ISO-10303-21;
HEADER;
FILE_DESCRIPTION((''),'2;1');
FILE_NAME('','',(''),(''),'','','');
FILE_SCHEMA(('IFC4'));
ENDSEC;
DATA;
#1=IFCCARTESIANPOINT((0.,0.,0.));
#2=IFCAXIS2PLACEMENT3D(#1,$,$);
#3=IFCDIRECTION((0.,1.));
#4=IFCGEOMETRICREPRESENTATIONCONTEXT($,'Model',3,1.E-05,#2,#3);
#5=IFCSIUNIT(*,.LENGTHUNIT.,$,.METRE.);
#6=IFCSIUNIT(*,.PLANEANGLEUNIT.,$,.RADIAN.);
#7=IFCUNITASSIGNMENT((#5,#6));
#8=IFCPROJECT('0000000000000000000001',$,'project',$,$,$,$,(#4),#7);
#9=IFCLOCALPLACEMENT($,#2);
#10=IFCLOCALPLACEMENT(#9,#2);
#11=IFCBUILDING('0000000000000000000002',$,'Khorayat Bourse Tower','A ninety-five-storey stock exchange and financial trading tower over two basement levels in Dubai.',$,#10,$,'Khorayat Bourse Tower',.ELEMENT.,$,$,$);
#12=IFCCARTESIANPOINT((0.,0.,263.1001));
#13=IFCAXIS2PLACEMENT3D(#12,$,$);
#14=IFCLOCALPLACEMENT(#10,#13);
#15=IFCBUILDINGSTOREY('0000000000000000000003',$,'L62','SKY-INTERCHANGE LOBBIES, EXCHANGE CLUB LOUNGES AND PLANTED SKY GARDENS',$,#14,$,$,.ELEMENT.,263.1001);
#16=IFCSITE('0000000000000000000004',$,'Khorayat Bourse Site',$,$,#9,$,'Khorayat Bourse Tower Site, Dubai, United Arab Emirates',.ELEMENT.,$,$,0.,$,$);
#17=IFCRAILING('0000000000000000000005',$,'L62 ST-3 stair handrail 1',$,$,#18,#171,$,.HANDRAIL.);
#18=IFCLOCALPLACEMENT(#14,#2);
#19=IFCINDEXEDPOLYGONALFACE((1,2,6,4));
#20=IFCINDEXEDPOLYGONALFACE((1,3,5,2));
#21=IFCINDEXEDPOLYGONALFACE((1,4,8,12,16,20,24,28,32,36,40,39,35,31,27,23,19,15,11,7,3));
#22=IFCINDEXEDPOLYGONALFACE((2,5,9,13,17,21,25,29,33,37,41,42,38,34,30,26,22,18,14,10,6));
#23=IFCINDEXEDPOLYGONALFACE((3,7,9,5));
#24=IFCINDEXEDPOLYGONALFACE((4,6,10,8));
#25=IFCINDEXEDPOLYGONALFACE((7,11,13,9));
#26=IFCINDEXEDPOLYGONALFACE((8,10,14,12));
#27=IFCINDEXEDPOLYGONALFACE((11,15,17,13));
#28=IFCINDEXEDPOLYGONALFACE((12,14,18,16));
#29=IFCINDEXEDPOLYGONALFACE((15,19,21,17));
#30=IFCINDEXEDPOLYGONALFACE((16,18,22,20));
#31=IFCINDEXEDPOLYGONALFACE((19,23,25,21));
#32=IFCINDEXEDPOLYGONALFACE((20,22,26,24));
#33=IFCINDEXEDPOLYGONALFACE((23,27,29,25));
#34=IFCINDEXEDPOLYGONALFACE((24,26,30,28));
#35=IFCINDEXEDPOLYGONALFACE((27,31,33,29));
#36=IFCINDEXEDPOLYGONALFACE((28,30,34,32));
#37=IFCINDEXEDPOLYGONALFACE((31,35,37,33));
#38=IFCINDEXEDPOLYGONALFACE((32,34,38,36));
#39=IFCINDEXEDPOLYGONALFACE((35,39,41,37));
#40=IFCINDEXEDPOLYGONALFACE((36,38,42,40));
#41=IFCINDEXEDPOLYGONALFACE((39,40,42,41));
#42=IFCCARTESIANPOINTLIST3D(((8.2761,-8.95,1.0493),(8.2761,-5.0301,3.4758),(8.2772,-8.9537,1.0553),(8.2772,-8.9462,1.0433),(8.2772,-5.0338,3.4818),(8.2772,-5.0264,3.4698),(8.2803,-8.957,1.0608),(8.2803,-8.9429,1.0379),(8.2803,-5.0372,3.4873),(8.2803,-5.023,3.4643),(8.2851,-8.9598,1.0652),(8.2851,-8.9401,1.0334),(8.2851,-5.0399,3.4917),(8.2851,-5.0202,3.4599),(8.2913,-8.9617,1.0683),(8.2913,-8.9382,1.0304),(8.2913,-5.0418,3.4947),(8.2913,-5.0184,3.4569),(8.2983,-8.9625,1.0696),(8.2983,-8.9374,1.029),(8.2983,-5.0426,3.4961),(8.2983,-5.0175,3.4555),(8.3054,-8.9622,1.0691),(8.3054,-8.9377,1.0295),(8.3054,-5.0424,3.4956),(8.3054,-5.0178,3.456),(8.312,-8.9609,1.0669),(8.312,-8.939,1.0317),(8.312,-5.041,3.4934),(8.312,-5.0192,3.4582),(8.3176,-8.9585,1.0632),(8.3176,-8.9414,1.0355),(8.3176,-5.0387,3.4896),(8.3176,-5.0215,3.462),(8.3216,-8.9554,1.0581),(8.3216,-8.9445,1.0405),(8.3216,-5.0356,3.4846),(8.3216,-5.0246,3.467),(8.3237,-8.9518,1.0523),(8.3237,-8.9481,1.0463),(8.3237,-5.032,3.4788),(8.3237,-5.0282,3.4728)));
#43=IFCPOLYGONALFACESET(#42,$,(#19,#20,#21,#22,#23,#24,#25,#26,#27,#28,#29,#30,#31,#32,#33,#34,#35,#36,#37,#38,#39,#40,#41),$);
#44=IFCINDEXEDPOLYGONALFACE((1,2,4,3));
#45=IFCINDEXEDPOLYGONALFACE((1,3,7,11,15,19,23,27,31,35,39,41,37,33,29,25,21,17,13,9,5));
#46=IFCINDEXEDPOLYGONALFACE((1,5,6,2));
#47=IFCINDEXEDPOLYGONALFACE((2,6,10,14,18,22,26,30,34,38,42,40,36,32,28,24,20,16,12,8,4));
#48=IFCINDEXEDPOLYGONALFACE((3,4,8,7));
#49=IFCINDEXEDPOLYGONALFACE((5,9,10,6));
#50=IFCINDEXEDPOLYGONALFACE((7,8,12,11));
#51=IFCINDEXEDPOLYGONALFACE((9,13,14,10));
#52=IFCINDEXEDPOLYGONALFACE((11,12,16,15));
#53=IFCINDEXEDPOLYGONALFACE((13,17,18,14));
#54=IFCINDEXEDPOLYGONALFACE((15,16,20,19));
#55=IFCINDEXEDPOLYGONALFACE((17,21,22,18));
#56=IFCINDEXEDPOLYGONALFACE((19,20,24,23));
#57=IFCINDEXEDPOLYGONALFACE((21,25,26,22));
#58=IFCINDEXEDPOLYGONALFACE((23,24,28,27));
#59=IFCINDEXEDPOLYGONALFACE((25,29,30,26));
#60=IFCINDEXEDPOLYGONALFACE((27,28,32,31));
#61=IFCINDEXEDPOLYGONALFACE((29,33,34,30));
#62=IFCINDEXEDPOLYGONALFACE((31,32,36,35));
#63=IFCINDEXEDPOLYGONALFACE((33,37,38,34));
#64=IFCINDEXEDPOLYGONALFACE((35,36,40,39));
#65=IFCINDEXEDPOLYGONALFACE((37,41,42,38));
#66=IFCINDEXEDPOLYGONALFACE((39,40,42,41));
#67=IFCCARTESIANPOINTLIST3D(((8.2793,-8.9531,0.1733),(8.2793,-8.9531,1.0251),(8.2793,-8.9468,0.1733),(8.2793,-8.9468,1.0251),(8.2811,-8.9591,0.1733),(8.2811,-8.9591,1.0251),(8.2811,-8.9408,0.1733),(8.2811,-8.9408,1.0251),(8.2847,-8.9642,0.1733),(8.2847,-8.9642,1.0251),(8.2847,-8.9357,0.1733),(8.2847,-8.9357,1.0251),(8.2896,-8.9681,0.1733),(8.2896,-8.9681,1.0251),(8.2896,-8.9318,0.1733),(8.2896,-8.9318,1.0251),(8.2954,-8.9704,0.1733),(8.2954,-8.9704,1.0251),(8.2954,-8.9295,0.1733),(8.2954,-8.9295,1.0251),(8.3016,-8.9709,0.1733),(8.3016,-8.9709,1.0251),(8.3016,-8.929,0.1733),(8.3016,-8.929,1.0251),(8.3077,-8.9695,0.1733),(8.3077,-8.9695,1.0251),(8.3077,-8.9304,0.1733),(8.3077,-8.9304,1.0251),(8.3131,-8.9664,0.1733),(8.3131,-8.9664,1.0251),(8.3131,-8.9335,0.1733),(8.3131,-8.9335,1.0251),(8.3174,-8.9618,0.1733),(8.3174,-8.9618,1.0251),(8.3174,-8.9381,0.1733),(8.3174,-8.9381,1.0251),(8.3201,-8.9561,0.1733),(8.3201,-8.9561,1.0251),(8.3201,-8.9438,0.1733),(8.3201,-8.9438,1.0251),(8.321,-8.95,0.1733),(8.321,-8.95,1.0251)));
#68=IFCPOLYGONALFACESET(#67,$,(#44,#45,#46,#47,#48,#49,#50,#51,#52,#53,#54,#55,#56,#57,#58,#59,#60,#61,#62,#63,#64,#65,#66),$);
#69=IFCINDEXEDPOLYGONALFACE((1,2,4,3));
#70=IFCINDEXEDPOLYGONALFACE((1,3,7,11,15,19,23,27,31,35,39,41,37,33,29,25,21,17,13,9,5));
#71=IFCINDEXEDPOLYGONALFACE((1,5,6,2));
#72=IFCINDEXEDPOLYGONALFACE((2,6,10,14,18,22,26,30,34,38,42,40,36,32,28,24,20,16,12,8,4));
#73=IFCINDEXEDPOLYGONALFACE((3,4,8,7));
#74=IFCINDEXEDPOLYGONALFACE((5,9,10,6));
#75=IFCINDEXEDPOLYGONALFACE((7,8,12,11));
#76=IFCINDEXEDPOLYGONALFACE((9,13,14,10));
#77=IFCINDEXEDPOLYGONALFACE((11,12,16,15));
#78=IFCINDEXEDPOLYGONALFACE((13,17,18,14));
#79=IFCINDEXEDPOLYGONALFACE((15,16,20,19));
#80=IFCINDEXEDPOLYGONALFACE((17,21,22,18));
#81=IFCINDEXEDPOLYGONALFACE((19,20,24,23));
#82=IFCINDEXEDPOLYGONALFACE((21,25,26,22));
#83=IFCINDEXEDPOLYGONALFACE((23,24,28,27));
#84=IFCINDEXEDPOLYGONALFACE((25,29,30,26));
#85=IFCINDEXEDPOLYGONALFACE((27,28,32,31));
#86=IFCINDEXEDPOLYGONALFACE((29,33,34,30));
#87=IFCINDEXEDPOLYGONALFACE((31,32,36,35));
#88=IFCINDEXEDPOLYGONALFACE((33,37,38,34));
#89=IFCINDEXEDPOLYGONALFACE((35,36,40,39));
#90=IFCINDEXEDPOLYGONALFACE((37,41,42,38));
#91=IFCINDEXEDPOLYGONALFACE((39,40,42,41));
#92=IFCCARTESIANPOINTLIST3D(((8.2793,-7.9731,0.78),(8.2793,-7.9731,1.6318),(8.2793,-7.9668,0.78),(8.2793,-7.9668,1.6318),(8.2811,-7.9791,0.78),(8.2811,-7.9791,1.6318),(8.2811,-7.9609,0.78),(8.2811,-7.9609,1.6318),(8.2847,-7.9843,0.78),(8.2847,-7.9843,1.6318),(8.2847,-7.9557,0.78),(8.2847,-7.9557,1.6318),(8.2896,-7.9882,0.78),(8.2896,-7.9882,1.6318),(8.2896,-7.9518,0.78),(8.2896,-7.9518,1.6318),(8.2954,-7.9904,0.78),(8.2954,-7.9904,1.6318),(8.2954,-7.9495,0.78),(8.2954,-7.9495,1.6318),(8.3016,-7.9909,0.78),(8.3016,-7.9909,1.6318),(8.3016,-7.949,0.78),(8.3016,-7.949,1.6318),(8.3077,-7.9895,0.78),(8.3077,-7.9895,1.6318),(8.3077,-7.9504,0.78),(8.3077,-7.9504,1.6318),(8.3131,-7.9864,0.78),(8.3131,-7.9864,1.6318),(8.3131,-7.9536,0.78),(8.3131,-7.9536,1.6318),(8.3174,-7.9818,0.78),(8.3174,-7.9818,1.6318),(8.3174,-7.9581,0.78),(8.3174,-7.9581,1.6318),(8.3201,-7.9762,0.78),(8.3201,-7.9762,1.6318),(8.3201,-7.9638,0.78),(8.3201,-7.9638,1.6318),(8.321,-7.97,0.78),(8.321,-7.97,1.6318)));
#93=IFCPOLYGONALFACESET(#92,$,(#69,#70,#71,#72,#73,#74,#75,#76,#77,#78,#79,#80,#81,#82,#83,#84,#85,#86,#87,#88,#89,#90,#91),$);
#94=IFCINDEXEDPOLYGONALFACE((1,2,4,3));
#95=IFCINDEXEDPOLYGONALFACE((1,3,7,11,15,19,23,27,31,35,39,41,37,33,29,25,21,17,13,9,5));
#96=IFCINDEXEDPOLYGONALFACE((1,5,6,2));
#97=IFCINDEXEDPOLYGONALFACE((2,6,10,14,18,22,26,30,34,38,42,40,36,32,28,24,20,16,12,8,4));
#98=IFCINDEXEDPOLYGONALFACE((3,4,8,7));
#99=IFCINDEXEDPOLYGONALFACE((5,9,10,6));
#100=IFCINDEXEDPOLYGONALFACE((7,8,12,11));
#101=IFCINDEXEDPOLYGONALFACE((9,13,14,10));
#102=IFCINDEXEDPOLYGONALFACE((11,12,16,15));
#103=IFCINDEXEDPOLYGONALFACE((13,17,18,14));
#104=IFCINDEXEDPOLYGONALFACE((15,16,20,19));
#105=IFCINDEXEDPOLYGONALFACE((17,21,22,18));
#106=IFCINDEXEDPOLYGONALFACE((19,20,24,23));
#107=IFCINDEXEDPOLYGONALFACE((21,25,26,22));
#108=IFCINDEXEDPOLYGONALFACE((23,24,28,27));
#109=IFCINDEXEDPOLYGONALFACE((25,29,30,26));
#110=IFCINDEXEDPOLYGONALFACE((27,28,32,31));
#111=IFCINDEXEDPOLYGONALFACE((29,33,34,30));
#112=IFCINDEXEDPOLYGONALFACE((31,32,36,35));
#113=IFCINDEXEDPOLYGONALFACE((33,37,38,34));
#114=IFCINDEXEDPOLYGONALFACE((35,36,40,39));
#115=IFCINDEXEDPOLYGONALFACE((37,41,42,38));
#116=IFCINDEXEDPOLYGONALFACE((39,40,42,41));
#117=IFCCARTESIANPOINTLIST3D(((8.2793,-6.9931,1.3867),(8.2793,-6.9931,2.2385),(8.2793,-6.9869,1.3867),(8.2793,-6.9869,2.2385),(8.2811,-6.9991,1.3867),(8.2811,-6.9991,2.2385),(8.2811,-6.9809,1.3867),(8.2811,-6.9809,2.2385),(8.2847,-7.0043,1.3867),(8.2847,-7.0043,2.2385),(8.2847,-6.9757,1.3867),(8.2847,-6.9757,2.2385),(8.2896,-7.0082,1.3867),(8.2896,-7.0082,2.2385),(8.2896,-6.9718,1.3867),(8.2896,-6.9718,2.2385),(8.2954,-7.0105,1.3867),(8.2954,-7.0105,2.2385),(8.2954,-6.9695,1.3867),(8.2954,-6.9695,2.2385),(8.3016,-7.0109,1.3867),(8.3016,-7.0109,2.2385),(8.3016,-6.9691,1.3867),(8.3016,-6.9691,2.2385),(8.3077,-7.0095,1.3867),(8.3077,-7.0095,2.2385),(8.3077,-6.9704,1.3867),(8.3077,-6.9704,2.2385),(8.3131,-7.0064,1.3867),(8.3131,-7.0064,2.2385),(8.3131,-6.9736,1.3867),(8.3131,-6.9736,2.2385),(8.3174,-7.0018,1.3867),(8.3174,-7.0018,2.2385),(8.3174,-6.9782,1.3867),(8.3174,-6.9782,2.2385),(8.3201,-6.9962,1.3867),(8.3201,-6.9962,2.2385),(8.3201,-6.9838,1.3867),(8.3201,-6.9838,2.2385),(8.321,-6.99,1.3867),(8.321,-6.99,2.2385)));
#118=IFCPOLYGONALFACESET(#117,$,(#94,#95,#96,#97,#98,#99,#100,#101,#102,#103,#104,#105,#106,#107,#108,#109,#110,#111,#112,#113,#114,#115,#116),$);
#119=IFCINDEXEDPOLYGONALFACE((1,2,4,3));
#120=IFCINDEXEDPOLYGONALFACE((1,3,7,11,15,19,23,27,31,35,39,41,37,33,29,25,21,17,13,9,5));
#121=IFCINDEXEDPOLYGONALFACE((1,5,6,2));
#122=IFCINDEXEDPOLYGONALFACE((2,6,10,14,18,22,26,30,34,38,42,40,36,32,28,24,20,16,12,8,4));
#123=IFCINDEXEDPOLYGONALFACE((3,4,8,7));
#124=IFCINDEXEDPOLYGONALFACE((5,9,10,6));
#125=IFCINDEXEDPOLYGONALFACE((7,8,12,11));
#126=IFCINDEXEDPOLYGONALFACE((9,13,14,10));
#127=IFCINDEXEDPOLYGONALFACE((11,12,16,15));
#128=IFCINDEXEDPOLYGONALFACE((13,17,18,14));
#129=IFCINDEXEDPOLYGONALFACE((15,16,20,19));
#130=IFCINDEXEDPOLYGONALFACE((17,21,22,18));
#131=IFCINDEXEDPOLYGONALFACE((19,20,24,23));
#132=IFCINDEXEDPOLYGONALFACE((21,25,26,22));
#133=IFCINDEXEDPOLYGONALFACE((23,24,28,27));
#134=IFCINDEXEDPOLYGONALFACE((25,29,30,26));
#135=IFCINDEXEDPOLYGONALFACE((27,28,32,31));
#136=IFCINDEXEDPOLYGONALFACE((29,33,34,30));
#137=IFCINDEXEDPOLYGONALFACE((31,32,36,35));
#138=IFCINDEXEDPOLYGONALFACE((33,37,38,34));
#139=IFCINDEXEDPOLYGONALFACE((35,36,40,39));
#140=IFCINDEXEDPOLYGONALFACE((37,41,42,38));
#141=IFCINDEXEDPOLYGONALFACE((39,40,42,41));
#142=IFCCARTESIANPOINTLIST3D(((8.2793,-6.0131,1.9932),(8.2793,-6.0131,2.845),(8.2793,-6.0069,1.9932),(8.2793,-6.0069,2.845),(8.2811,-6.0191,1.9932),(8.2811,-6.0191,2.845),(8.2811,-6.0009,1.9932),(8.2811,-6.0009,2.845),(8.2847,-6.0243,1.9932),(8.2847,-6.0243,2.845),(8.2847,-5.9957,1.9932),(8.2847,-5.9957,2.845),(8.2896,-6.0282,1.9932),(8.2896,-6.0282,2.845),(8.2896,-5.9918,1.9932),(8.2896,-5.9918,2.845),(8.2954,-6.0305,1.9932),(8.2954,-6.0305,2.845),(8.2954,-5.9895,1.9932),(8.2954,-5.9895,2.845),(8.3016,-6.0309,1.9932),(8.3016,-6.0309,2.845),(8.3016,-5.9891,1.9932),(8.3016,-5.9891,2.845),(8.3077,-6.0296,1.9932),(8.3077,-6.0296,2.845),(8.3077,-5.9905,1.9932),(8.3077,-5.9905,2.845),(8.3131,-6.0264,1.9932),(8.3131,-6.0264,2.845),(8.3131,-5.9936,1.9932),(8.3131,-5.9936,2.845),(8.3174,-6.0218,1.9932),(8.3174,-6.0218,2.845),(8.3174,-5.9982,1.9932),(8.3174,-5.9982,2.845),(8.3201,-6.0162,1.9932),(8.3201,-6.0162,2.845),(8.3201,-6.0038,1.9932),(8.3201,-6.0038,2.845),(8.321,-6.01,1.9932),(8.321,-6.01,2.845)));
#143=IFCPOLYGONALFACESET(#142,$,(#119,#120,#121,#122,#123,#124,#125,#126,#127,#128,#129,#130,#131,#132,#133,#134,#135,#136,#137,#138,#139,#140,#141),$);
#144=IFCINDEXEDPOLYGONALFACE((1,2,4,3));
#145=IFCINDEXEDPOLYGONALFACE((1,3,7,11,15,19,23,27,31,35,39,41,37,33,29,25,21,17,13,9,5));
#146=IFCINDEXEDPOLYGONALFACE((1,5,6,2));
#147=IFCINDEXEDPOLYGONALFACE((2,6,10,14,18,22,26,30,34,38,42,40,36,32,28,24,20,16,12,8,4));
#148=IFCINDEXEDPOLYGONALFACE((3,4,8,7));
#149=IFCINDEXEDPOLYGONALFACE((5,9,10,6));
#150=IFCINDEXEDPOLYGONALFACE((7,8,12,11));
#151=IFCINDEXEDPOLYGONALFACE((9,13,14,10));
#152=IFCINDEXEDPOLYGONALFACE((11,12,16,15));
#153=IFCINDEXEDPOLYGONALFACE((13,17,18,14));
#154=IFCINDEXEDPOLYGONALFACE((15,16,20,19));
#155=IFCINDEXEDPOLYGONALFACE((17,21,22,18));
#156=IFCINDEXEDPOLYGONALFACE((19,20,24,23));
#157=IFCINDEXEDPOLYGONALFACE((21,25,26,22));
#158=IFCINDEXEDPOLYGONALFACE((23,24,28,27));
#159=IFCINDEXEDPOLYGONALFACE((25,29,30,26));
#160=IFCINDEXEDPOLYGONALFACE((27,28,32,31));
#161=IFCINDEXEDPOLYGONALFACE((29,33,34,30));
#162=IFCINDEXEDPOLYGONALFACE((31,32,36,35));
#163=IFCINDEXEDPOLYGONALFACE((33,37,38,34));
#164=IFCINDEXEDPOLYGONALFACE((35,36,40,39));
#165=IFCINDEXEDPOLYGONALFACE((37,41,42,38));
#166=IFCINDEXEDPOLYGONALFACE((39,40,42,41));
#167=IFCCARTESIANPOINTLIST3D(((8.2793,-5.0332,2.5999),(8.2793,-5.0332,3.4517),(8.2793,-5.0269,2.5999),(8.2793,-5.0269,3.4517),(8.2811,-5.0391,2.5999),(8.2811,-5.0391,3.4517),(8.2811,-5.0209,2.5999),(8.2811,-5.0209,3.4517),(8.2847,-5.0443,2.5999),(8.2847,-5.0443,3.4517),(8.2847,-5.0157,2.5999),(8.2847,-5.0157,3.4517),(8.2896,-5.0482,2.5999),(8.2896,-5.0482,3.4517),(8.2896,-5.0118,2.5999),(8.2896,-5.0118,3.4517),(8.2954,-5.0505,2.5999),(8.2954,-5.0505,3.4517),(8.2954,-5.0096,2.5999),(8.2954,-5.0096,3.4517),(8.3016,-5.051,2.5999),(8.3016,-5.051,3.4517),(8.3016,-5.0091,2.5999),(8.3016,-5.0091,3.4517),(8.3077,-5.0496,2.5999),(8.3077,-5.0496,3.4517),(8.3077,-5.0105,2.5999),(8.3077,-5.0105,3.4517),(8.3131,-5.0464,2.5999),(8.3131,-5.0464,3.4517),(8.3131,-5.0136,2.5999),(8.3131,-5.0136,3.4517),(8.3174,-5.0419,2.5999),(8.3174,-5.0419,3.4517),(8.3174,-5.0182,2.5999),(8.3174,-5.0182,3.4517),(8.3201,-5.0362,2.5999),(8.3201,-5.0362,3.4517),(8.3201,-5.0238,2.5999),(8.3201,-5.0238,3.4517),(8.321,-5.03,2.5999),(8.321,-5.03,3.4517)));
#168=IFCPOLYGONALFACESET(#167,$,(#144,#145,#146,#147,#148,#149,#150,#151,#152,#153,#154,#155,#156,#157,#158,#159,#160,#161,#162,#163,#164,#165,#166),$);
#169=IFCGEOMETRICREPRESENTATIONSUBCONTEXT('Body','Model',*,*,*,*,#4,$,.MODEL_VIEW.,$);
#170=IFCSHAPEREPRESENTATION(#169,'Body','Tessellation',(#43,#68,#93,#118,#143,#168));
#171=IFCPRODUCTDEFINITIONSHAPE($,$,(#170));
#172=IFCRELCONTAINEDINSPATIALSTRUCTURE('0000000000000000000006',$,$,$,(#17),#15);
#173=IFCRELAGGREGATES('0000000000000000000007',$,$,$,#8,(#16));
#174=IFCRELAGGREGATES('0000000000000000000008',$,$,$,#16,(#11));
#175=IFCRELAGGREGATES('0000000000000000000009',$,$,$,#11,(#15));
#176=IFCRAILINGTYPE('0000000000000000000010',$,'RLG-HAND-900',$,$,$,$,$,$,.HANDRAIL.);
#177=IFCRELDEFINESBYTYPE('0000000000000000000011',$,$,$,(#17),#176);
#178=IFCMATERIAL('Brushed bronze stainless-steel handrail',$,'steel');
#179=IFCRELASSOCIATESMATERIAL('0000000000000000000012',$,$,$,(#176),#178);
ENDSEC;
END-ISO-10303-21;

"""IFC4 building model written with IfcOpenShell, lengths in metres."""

from ifc_helpers import new_model, si_unit, direction, frame, origin, origin_2d, place, context, subcontext, project, spatial, circle, extrude, source, transform, mapped, material, type_object, element, save


model = new_model("IFC4")

# Units and contexts
model_context = context("Model", 3, precision=1e-05, world=origin(), true_north=direction((0.0, 1.0)))
body_context = subcontext(model_context, "Body", "Model", "MODEL_VIEW")
ifc_project = project(units=[si_unit("LENGTHUNIT", "METRE"), si_unit("PLANEANGLEUNIT", "RADIAN")], contexts=[model_context])

# Site, building, storey
site_placement = place(None, origin())
site = spatial("IfcSite", under=ifc_project, at=site_placement, Name="Khorayat Bourse Site", LongName="Khorayat Bourse Tower Site, Dubai, United Arab Emirates", CompositionType="ELEMENT", RefElevation=0.0)
building_placement = place(site_placement, origin())
building = spatial("IfcBuilding", under=site, at=building_placement, Name="Khorayat Bourse Tower", Description="A ninety-five-storey stock exchange and financial trading tower over two basement levels in Dubai.", LongName="Khorayat Bourse Tower", CompositionType="ELEMENT")
storey_placement = place(building_placement, frame((0.0, 0.0, 263.1001)))
storey = spatial("IfcBuildingStorey", under=building, at=storey_placement, Name="L62", Description="SKY-INTERCHANGE LOBBIES, EXCHANGE CLUB LOUNGES AND PLANTED SKY GARDENS", CompositionType="ELEMENT", Elevation=263.1001)

# Railing
ifc_material_1 = material(Name="Brushed bronze stainless-steel handrail", Category="steel")
railing_type_1 = type_object("IfcRailingType", Name="RLG-HAND-900", PredefinedType="HANDRAIL", material=ifc_material_1)
shared_shape_1 = source(origin(), body_context, "Body", "SweptSolid", [
    extrude(circle(Radius=0.0239, at=origin_2d()), frame((0.0, 0.0, 0.876), z_axis=(0.0, 0.850275, 0.526338), x_axis=(-1.0, 0.0, 0.0)), (0.0, 0.0, 1.0), 4.6101),
    extrude(circle(Radius=0.021, at=origin_2d()), origin(), (0.0, 0.0, 1.0), 0.8518),
    extrude(circle(Radius=0.021, at=origin_2d()), frame((0.0, 0.98, 0.6067)), (0.0, 0.0, 1.0), 0.8518),
    extrude(circle(Radius=0.021, at=origin_2d()), frame((0.0, 1.96, 1.2134)), (0.0, 0.0, 1.0), 0.8518),
    extrude(circle(Radius=0.021, at=origin_2d()), frame((0.0, 2.9399, 1.8198)), (0.0, 0.0, 1.0), 0.8518),
    extrude(circle(Radius=0.021, at=origin_2d()), frame((0.0, 3.9199, 2.4265)), (0.0, 0.0, 1.0), 0.8518),
])
railing_1_placement = place(storey_placement, frame((8.3, -8.95, 0.1733)))
element("IfcRailing", 1, at=railing_1_placement, inside=storey, type_object=railing_type_1, Name="L62 ST-3 stair handrail 1", PredefinedType="HANDRAIL", context=body_context, shape_type="MappedRepresentation", body=[
    mapped(shared_shape_1, transform((0.0, 0.0, 0.0), scale=1.0)),
])

save(model, "model.ifc")
